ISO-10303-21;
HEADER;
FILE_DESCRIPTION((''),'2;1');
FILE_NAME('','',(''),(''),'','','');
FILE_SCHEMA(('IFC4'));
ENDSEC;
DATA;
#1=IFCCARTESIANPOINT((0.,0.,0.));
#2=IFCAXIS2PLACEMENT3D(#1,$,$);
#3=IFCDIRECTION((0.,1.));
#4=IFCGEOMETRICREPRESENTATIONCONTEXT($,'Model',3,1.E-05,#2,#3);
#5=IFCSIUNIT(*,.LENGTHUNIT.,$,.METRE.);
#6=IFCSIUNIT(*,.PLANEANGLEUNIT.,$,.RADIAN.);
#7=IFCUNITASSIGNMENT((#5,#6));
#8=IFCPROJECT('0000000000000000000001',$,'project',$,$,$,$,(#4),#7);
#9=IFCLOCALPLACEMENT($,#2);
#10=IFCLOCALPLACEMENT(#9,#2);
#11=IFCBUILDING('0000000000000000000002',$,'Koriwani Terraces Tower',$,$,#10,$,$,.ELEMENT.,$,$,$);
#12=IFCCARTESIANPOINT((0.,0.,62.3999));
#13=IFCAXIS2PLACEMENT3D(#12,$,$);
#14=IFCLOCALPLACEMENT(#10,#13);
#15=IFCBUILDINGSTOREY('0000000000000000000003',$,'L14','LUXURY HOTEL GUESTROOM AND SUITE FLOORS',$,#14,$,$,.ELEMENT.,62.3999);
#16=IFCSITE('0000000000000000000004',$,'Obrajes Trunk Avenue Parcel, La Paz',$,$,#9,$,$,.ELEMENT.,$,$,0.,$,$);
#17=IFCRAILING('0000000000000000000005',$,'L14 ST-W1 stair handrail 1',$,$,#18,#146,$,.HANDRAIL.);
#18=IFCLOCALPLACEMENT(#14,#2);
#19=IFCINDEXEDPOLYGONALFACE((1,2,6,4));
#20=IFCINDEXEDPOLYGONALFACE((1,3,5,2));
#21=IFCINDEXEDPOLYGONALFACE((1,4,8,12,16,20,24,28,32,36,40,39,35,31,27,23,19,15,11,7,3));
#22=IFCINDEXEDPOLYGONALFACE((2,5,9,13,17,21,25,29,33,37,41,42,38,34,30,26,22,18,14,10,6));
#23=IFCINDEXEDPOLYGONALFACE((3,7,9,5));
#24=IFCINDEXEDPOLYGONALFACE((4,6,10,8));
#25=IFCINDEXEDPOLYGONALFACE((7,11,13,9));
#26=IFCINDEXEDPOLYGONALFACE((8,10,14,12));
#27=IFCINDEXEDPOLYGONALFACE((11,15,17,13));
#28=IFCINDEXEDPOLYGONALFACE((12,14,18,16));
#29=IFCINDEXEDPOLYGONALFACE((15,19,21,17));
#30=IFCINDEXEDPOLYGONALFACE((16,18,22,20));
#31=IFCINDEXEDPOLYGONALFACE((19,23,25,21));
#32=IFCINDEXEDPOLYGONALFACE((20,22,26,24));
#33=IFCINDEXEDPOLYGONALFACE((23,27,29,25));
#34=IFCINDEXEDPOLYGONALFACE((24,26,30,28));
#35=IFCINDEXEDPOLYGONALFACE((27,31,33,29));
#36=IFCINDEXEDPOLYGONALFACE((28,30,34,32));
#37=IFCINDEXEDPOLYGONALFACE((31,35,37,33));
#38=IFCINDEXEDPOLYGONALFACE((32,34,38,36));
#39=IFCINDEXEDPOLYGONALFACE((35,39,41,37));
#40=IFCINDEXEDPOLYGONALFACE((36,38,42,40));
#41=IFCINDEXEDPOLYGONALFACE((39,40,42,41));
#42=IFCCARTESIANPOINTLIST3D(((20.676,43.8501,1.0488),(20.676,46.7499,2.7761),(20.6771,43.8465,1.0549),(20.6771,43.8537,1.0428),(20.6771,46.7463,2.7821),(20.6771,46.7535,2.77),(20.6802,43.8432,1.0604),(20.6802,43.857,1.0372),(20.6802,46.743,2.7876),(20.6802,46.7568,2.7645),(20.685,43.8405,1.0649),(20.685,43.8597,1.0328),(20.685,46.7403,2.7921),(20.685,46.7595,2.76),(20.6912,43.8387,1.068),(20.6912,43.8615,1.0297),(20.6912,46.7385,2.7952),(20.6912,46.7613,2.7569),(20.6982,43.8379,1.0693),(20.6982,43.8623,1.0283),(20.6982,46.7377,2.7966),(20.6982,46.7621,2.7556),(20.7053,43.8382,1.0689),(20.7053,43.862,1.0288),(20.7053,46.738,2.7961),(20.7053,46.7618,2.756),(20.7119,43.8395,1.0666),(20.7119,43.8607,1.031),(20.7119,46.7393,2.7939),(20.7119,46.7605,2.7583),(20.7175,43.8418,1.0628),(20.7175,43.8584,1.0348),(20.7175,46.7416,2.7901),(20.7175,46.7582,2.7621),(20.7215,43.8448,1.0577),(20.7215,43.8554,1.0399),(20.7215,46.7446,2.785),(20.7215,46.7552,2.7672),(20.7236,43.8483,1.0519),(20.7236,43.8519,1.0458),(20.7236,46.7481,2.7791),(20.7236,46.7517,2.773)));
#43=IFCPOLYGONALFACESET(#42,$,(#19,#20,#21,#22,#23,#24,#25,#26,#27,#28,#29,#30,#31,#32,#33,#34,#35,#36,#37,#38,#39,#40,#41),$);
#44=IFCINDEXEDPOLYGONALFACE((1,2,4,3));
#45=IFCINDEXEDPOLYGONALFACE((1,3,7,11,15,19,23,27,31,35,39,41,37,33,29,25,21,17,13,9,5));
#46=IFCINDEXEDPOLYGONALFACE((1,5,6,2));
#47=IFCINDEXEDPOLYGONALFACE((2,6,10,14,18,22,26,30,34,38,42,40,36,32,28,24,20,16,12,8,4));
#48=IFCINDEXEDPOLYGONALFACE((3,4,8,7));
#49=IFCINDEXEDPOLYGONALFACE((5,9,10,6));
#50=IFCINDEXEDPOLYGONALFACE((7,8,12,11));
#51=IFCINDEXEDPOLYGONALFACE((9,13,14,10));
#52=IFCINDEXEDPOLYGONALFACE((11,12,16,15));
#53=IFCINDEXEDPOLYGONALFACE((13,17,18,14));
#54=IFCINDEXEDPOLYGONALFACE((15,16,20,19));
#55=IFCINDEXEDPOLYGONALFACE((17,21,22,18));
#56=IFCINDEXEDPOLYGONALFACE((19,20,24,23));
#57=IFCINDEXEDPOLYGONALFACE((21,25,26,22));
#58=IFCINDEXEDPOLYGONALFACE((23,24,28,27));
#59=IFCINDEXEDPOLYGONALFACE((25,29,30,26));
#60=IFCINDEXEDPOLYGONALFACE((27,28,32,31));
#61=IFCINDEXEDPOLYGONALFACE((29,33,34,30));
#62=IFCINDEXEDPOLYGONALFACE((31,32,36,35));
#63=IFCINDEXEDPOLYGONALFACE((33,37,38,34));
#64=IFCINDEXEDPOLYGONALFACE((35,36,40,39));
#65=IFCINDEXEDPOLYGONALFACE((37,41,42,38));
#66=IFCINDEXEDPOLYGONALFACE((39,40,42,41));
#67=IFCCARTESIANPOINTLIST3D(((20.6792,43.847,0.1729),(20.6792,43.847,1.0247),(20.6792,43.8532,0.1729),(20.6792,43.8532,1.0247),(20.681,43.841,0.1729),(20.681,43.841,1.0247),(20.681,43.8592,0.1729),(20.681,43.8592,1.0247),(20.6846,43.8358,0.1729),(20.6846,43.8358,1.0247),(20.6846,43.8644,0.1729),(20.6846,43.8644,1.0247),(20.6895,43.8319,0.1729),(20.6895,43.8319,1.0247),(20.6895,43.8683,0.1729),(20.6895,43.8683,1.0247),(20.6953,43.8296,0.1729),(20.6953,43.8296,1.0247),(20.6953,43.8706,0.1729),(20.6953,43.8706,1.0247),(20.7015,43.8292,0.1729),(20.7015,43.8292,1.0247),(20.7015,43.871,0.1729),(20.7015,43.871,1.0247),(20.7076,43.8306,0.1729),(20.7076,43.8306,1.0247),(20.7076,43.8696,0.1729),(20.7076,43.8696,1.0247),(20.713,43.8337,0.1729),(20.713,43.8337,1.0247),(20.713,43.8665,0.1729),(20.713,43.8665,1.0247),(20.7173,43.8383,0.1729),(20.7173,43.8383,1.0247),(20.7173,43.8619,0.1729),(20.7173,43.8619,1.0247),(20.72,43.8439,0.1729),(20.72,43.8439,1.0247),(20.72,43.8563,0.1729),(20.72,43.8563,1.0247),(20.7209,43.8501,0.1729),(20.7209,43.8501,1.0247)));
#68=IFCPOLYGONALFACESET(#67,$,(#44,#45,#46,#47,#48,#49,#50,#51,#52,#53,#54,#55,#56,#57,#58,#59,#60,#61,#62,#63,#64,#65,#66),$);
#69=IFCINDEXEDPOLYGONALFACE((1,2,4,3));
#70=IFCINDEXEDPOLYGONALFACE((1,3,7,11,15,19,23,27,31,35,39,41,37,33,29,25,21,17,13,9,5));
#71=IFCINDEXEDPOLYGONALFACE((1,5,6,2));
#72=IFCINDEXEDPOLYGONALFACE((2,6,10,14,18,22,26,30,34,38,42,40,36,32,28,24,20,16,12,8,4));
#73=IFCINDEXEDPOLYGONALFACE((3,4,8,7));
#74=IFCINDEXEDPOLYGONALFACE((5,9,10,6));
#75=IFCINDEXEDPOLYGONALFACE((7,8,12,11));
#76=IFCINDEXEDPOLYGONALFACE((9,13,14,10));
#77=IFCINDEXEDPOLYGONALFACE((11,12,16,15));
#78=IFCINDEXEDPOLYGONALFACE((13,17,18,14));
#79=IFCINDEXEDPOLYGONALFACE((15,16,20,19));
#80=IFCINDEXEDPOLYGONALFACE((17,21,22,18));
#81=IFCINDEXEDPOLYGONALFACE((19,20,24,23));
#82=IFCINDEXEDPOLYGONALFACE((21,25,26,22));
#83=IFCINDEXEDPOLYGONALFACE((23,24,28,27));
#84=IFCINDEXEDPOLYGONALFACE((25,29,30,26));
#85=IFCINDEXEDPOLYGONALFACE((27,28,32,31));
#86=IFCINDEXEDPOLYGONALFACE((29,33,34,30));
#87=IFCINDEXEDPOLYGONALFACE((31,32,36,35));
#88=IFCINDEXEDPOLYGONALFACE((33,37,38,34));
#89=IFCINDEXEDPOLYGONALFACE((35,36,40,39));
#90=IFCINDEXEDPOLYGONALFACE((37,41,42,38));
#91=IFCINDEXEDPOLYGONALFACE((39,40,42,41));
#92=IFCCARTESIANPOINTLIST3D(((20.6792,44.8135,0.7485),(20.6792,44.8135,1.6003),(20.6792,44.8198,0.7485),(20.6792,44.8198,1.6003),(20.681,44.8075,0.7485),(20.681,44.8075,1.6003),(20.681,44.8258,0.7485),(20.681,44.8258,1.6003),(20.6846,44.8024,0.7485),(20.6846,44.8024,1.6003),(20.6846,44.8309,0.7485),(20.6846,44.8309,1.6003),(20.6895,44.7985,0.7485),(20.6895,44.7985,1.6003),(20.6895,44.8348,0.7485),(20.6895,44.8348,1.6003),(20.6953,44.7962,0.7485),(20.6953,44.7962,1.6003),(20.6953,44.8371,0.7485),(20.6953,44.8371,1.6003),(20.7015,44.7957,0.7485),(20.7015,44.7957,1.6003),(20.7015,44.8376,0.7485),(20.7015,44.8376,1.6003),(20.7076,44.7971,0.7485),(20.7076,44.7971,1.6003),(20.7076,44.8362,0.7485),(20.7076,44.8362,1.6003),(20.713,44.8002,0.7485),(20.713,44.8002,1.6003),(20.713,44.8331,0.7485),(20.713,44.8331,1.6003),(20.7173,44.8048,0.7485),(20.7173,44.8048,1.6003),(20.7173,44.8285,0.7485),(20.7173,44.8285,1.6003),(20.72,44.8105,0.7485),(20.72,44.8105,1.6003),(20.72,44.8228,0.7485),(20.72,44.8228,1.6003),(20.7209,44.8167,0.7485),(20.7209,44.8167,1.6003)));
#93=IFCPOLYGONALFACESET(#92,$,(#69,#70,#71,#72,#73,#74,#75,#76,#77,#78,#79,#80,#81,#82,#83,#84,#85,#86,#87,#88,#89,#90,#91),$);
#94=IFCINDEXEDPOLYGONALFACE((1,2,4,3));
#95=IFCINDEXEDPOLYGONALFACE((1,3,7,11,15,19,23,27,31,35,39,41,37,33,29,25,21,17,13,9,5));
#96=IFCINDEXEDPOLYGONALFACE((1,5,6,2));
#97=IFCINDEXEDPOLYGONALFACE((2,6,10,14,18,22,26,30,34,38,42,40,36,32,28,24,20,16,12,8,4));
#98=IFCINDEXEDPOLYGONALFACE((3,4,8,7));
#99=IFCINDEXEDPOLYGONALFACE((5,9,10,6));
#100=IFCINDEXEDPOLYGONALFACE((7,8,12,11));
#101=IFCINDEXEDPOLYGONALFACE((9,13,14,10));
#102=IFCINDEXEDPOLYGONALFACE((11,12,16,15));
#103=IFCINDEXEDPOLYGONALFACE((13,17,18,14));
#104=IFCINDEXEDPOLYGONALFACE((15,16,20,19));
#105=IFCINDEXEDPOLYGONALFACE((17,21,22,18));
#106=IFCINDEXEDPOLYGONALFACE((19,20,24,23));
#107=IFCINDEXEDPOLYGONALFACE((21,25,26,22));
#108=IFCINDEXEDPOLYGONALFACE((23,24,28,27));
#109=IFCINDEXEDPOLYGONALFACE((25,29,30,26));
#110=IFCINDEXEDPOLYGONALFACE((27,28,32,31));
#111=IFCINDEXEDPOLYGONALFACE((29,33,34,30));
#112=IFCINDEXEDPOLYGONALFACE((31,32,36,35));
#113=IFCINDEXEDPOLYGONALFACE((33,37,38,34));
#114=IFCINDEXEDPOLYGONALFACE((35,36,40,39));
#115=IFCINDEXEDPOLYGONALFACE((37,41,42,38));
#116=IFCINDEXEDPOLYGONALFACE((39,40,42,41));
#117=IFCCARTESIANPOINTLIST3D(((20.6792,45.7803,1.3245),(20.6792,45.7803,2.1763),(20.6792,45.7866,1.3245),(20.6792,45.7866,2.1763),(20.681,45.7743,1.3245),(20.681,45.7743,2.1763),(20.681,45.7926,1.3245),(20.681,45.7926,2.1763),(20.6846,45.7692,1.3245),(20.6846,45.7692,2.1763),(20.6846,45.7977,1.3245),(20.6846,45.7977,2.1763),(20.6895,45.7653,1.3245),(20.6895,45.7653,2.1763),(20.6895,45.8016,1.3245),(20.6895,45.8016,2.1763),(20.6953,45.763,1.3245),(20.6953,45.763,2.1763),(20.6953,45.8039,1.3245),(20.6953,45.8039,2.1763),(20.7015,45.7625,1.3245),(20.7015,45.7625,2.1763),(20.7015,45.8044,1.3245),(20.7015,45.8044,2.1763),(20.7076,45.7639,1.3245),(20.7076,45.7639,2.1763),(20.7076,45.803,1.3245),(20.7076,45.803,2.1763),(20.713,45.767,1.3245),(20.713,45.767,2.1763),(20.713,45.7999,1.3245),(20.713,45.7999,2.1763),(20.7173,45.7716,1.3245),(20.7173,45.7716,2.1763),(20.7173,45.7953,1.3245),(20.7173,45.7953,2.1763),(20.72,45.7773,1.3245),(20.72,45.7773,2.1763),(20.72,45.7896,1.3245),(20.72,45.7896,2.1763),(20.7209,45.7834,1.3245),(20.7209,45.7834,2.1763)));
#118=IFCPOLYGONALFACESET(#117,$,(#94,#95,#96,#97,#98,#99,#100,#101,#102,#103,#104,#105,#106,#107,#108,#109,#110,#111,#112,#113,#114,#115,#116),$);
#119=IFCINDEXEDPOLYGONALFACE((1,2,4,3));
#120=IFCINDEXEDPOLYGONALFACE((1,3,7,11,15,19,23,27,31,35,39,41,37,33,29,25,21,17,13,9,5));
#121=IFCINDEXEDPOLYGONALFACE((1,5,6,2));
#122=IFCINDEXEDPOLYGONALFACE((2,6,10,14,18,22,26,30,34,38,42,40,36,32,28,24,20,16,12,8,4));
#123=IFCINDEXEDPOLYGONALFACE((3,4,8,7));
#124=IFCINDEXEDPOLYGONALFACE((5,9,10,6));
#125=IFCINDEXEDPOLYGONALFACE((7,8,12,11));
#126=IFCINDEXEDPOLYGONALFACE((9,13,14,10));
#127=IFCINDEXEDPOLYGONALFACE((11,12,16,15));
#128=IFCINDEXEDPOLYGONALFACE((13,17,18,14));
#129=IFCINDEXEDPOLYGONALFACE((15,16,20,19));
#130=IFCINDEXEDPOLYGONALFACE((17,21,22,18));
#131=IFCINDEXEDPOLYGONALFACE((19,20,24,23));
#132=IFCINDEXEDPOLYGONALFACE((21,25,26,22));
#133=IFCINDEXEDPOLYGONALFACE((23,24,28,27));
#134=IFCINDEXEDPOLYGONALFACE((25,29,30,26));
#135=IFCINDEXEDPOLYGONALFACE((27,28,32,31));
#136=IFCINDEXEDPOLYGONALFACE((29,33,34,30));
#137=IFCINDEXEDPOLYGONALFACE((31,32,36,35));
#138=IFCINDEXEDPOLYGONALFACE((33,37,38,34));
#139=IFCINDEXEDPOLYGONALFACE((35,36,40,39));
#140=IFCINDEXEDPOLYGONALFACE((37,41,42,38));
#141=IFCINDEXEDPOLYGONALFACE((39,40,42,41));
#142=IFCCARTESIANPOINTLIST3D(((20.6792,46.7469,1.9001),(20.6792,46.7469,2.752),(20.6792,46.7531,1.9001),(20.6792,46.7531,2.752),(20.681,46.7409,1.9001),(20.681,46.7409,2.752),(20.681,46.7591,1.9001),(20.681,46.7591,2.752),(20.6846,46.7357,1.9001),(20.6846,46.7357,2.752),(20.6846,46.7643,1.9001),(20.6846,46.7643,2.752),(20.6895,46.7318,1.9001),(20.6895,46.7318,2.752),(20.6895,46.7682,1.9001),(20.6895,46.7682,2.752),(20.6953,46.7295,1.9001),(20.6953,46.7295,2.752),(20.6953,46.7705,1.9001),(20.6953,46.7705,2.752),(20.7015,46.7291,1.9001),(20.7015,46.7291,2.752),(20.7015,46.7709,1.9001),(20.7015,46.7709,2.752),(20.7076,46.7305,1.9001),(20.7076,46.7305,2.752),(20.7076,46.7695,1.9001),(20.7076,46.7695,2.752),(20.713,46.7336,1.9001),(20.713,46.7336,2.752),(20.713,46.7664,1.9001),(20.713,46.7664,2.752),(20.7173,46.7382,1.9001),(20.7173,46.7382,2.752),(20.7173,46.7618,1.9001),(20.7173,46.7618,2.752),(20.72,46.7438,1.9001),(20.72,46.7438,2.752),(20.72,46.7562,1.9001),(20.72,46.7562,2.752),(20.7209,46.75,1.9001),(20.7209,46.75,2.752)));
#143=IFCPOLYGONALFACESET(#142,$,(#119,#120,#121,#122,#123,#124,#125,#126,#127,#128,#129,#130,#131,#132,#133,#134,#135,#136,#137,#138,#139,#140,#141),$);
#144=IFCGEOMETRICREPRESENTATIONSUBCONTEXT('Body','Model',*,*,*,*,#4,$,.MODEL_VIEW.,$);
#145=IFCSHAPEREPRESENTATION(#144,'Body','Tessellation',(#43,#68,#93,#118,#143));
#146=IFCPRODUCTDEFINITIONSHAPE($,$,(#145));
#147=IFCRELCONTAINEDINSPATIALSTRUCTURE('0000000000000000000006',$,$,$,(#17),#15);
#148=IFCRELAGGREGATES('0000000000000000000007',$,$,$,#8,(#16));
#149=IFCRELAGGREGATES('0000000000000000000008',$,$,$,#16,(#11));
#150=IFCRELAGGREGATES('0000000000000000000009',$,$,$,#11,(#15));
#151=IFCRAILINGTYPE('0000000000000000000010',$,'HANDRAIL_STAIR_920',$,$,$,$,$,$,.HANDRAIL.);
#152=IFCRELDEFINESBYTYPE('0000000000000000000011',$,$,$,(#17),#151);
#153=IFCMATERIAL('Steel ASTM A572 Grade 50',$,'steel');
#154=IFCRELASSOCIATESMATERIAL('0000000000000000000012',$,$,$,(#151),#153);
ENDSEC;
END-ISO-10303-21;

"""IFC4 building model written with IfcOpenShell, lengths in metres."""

from ifc_helpers import new_model, si_unit, direction, frame, origin, origin_2d, place, context, subcontext, project, spatial, circle, extrude, material, type_object, element, save


model = new_model("IFC4")

# Units and contexts
model_context = context("Model", 3, precision=1e-05, world=origin(), true_north=direction((0.0, 1.0)))
body_context = subcontext(model_context, "Body", "Model", "MODEL_VIEW")
ifc_project = project(units=[si_unit("LENGTHUNIT", "METRE"), si_unit("PLANEANGLEUNIT", "RADIAN")], contexts=[model_context])

# Site, building, storey
site_placement = place(None, origin())
site = spatial("IfcSite", under=ifc_project, at=site_placement, Name="Obrajes Trunk Avenue Parcel, La Paz", CompositionType="ELEMENT", RefElevation=0.0)
building_placement = place(site_placement, origin())
building = spatial("IfcBuilding", under=site, at=building_placement, Name="Koriwani Terraces Tower", CompositionType="ELEMENT")
storey_placement = place(building_placement, frame((0.0, 0.0, 62.3999)))
storey = spatial("IfcBuildingStorey", under=building, at=storey_placement, Name="L14", Description="LUXURY HOTEL GUESTROOM AND SUITE FLOORS", CompositionType="ELEMENT", Elevation=62.3999)

# Shared definitions
ifc_material_1 = material(Name="Steel ASTM A572 Grade 50", Category="steel")

# Railing
railing_type_1 = type_object("IfcRailingType", Name="HANDRAIL_STAIR_920", PredefinedType="HANDRAIL", material=ifc_material_1)
railing_1_placement = place(storey_placement, frame((20.7, 43.8501, 0.1729)))
element("IfcRailing", 1, at=railing_1_placement, inside=storey, type_object=railing_type_1, Name="L14 ST-W1 stair handrail 1", PredefinedType="HANDRAIL", context=body_context, shape_type="SweptSolid", body=[
    extrude(circle(Radius=0.0239, at=origin_2d()), frame((0.0, 0.0, 0.876), z_axis=(0.0, 0.859141, 0.511738), x_axis=(-1.0, 0.0, 0.0)), (0.0, 0.0, 1.0), 3.3752),
    extrude(circle(Radius=0.021, at=origin_2d()), origin(), (0.0, 0.0, 1.0), 0.8518),
    extrude(circle(Radius=0.021, at=origin_2d()), frame((0.0, 0.9666, 0.5757)), (0.0, 0.0, 1.0), 0.8518),
    extrude(circle(Radius=0.021, at=origin_2d()), frame((0.0, 1.9333, 1.1516)), (0.0, 0.0, 1.0), 0.8518),
    extrude(circle(Radius=0.021, at=origin_2d()), frame((0.0, 2.8999, 1.7273)), (0.0, 0.0, 1.0), 0.8518),
])

save(model, "model.ifc")
